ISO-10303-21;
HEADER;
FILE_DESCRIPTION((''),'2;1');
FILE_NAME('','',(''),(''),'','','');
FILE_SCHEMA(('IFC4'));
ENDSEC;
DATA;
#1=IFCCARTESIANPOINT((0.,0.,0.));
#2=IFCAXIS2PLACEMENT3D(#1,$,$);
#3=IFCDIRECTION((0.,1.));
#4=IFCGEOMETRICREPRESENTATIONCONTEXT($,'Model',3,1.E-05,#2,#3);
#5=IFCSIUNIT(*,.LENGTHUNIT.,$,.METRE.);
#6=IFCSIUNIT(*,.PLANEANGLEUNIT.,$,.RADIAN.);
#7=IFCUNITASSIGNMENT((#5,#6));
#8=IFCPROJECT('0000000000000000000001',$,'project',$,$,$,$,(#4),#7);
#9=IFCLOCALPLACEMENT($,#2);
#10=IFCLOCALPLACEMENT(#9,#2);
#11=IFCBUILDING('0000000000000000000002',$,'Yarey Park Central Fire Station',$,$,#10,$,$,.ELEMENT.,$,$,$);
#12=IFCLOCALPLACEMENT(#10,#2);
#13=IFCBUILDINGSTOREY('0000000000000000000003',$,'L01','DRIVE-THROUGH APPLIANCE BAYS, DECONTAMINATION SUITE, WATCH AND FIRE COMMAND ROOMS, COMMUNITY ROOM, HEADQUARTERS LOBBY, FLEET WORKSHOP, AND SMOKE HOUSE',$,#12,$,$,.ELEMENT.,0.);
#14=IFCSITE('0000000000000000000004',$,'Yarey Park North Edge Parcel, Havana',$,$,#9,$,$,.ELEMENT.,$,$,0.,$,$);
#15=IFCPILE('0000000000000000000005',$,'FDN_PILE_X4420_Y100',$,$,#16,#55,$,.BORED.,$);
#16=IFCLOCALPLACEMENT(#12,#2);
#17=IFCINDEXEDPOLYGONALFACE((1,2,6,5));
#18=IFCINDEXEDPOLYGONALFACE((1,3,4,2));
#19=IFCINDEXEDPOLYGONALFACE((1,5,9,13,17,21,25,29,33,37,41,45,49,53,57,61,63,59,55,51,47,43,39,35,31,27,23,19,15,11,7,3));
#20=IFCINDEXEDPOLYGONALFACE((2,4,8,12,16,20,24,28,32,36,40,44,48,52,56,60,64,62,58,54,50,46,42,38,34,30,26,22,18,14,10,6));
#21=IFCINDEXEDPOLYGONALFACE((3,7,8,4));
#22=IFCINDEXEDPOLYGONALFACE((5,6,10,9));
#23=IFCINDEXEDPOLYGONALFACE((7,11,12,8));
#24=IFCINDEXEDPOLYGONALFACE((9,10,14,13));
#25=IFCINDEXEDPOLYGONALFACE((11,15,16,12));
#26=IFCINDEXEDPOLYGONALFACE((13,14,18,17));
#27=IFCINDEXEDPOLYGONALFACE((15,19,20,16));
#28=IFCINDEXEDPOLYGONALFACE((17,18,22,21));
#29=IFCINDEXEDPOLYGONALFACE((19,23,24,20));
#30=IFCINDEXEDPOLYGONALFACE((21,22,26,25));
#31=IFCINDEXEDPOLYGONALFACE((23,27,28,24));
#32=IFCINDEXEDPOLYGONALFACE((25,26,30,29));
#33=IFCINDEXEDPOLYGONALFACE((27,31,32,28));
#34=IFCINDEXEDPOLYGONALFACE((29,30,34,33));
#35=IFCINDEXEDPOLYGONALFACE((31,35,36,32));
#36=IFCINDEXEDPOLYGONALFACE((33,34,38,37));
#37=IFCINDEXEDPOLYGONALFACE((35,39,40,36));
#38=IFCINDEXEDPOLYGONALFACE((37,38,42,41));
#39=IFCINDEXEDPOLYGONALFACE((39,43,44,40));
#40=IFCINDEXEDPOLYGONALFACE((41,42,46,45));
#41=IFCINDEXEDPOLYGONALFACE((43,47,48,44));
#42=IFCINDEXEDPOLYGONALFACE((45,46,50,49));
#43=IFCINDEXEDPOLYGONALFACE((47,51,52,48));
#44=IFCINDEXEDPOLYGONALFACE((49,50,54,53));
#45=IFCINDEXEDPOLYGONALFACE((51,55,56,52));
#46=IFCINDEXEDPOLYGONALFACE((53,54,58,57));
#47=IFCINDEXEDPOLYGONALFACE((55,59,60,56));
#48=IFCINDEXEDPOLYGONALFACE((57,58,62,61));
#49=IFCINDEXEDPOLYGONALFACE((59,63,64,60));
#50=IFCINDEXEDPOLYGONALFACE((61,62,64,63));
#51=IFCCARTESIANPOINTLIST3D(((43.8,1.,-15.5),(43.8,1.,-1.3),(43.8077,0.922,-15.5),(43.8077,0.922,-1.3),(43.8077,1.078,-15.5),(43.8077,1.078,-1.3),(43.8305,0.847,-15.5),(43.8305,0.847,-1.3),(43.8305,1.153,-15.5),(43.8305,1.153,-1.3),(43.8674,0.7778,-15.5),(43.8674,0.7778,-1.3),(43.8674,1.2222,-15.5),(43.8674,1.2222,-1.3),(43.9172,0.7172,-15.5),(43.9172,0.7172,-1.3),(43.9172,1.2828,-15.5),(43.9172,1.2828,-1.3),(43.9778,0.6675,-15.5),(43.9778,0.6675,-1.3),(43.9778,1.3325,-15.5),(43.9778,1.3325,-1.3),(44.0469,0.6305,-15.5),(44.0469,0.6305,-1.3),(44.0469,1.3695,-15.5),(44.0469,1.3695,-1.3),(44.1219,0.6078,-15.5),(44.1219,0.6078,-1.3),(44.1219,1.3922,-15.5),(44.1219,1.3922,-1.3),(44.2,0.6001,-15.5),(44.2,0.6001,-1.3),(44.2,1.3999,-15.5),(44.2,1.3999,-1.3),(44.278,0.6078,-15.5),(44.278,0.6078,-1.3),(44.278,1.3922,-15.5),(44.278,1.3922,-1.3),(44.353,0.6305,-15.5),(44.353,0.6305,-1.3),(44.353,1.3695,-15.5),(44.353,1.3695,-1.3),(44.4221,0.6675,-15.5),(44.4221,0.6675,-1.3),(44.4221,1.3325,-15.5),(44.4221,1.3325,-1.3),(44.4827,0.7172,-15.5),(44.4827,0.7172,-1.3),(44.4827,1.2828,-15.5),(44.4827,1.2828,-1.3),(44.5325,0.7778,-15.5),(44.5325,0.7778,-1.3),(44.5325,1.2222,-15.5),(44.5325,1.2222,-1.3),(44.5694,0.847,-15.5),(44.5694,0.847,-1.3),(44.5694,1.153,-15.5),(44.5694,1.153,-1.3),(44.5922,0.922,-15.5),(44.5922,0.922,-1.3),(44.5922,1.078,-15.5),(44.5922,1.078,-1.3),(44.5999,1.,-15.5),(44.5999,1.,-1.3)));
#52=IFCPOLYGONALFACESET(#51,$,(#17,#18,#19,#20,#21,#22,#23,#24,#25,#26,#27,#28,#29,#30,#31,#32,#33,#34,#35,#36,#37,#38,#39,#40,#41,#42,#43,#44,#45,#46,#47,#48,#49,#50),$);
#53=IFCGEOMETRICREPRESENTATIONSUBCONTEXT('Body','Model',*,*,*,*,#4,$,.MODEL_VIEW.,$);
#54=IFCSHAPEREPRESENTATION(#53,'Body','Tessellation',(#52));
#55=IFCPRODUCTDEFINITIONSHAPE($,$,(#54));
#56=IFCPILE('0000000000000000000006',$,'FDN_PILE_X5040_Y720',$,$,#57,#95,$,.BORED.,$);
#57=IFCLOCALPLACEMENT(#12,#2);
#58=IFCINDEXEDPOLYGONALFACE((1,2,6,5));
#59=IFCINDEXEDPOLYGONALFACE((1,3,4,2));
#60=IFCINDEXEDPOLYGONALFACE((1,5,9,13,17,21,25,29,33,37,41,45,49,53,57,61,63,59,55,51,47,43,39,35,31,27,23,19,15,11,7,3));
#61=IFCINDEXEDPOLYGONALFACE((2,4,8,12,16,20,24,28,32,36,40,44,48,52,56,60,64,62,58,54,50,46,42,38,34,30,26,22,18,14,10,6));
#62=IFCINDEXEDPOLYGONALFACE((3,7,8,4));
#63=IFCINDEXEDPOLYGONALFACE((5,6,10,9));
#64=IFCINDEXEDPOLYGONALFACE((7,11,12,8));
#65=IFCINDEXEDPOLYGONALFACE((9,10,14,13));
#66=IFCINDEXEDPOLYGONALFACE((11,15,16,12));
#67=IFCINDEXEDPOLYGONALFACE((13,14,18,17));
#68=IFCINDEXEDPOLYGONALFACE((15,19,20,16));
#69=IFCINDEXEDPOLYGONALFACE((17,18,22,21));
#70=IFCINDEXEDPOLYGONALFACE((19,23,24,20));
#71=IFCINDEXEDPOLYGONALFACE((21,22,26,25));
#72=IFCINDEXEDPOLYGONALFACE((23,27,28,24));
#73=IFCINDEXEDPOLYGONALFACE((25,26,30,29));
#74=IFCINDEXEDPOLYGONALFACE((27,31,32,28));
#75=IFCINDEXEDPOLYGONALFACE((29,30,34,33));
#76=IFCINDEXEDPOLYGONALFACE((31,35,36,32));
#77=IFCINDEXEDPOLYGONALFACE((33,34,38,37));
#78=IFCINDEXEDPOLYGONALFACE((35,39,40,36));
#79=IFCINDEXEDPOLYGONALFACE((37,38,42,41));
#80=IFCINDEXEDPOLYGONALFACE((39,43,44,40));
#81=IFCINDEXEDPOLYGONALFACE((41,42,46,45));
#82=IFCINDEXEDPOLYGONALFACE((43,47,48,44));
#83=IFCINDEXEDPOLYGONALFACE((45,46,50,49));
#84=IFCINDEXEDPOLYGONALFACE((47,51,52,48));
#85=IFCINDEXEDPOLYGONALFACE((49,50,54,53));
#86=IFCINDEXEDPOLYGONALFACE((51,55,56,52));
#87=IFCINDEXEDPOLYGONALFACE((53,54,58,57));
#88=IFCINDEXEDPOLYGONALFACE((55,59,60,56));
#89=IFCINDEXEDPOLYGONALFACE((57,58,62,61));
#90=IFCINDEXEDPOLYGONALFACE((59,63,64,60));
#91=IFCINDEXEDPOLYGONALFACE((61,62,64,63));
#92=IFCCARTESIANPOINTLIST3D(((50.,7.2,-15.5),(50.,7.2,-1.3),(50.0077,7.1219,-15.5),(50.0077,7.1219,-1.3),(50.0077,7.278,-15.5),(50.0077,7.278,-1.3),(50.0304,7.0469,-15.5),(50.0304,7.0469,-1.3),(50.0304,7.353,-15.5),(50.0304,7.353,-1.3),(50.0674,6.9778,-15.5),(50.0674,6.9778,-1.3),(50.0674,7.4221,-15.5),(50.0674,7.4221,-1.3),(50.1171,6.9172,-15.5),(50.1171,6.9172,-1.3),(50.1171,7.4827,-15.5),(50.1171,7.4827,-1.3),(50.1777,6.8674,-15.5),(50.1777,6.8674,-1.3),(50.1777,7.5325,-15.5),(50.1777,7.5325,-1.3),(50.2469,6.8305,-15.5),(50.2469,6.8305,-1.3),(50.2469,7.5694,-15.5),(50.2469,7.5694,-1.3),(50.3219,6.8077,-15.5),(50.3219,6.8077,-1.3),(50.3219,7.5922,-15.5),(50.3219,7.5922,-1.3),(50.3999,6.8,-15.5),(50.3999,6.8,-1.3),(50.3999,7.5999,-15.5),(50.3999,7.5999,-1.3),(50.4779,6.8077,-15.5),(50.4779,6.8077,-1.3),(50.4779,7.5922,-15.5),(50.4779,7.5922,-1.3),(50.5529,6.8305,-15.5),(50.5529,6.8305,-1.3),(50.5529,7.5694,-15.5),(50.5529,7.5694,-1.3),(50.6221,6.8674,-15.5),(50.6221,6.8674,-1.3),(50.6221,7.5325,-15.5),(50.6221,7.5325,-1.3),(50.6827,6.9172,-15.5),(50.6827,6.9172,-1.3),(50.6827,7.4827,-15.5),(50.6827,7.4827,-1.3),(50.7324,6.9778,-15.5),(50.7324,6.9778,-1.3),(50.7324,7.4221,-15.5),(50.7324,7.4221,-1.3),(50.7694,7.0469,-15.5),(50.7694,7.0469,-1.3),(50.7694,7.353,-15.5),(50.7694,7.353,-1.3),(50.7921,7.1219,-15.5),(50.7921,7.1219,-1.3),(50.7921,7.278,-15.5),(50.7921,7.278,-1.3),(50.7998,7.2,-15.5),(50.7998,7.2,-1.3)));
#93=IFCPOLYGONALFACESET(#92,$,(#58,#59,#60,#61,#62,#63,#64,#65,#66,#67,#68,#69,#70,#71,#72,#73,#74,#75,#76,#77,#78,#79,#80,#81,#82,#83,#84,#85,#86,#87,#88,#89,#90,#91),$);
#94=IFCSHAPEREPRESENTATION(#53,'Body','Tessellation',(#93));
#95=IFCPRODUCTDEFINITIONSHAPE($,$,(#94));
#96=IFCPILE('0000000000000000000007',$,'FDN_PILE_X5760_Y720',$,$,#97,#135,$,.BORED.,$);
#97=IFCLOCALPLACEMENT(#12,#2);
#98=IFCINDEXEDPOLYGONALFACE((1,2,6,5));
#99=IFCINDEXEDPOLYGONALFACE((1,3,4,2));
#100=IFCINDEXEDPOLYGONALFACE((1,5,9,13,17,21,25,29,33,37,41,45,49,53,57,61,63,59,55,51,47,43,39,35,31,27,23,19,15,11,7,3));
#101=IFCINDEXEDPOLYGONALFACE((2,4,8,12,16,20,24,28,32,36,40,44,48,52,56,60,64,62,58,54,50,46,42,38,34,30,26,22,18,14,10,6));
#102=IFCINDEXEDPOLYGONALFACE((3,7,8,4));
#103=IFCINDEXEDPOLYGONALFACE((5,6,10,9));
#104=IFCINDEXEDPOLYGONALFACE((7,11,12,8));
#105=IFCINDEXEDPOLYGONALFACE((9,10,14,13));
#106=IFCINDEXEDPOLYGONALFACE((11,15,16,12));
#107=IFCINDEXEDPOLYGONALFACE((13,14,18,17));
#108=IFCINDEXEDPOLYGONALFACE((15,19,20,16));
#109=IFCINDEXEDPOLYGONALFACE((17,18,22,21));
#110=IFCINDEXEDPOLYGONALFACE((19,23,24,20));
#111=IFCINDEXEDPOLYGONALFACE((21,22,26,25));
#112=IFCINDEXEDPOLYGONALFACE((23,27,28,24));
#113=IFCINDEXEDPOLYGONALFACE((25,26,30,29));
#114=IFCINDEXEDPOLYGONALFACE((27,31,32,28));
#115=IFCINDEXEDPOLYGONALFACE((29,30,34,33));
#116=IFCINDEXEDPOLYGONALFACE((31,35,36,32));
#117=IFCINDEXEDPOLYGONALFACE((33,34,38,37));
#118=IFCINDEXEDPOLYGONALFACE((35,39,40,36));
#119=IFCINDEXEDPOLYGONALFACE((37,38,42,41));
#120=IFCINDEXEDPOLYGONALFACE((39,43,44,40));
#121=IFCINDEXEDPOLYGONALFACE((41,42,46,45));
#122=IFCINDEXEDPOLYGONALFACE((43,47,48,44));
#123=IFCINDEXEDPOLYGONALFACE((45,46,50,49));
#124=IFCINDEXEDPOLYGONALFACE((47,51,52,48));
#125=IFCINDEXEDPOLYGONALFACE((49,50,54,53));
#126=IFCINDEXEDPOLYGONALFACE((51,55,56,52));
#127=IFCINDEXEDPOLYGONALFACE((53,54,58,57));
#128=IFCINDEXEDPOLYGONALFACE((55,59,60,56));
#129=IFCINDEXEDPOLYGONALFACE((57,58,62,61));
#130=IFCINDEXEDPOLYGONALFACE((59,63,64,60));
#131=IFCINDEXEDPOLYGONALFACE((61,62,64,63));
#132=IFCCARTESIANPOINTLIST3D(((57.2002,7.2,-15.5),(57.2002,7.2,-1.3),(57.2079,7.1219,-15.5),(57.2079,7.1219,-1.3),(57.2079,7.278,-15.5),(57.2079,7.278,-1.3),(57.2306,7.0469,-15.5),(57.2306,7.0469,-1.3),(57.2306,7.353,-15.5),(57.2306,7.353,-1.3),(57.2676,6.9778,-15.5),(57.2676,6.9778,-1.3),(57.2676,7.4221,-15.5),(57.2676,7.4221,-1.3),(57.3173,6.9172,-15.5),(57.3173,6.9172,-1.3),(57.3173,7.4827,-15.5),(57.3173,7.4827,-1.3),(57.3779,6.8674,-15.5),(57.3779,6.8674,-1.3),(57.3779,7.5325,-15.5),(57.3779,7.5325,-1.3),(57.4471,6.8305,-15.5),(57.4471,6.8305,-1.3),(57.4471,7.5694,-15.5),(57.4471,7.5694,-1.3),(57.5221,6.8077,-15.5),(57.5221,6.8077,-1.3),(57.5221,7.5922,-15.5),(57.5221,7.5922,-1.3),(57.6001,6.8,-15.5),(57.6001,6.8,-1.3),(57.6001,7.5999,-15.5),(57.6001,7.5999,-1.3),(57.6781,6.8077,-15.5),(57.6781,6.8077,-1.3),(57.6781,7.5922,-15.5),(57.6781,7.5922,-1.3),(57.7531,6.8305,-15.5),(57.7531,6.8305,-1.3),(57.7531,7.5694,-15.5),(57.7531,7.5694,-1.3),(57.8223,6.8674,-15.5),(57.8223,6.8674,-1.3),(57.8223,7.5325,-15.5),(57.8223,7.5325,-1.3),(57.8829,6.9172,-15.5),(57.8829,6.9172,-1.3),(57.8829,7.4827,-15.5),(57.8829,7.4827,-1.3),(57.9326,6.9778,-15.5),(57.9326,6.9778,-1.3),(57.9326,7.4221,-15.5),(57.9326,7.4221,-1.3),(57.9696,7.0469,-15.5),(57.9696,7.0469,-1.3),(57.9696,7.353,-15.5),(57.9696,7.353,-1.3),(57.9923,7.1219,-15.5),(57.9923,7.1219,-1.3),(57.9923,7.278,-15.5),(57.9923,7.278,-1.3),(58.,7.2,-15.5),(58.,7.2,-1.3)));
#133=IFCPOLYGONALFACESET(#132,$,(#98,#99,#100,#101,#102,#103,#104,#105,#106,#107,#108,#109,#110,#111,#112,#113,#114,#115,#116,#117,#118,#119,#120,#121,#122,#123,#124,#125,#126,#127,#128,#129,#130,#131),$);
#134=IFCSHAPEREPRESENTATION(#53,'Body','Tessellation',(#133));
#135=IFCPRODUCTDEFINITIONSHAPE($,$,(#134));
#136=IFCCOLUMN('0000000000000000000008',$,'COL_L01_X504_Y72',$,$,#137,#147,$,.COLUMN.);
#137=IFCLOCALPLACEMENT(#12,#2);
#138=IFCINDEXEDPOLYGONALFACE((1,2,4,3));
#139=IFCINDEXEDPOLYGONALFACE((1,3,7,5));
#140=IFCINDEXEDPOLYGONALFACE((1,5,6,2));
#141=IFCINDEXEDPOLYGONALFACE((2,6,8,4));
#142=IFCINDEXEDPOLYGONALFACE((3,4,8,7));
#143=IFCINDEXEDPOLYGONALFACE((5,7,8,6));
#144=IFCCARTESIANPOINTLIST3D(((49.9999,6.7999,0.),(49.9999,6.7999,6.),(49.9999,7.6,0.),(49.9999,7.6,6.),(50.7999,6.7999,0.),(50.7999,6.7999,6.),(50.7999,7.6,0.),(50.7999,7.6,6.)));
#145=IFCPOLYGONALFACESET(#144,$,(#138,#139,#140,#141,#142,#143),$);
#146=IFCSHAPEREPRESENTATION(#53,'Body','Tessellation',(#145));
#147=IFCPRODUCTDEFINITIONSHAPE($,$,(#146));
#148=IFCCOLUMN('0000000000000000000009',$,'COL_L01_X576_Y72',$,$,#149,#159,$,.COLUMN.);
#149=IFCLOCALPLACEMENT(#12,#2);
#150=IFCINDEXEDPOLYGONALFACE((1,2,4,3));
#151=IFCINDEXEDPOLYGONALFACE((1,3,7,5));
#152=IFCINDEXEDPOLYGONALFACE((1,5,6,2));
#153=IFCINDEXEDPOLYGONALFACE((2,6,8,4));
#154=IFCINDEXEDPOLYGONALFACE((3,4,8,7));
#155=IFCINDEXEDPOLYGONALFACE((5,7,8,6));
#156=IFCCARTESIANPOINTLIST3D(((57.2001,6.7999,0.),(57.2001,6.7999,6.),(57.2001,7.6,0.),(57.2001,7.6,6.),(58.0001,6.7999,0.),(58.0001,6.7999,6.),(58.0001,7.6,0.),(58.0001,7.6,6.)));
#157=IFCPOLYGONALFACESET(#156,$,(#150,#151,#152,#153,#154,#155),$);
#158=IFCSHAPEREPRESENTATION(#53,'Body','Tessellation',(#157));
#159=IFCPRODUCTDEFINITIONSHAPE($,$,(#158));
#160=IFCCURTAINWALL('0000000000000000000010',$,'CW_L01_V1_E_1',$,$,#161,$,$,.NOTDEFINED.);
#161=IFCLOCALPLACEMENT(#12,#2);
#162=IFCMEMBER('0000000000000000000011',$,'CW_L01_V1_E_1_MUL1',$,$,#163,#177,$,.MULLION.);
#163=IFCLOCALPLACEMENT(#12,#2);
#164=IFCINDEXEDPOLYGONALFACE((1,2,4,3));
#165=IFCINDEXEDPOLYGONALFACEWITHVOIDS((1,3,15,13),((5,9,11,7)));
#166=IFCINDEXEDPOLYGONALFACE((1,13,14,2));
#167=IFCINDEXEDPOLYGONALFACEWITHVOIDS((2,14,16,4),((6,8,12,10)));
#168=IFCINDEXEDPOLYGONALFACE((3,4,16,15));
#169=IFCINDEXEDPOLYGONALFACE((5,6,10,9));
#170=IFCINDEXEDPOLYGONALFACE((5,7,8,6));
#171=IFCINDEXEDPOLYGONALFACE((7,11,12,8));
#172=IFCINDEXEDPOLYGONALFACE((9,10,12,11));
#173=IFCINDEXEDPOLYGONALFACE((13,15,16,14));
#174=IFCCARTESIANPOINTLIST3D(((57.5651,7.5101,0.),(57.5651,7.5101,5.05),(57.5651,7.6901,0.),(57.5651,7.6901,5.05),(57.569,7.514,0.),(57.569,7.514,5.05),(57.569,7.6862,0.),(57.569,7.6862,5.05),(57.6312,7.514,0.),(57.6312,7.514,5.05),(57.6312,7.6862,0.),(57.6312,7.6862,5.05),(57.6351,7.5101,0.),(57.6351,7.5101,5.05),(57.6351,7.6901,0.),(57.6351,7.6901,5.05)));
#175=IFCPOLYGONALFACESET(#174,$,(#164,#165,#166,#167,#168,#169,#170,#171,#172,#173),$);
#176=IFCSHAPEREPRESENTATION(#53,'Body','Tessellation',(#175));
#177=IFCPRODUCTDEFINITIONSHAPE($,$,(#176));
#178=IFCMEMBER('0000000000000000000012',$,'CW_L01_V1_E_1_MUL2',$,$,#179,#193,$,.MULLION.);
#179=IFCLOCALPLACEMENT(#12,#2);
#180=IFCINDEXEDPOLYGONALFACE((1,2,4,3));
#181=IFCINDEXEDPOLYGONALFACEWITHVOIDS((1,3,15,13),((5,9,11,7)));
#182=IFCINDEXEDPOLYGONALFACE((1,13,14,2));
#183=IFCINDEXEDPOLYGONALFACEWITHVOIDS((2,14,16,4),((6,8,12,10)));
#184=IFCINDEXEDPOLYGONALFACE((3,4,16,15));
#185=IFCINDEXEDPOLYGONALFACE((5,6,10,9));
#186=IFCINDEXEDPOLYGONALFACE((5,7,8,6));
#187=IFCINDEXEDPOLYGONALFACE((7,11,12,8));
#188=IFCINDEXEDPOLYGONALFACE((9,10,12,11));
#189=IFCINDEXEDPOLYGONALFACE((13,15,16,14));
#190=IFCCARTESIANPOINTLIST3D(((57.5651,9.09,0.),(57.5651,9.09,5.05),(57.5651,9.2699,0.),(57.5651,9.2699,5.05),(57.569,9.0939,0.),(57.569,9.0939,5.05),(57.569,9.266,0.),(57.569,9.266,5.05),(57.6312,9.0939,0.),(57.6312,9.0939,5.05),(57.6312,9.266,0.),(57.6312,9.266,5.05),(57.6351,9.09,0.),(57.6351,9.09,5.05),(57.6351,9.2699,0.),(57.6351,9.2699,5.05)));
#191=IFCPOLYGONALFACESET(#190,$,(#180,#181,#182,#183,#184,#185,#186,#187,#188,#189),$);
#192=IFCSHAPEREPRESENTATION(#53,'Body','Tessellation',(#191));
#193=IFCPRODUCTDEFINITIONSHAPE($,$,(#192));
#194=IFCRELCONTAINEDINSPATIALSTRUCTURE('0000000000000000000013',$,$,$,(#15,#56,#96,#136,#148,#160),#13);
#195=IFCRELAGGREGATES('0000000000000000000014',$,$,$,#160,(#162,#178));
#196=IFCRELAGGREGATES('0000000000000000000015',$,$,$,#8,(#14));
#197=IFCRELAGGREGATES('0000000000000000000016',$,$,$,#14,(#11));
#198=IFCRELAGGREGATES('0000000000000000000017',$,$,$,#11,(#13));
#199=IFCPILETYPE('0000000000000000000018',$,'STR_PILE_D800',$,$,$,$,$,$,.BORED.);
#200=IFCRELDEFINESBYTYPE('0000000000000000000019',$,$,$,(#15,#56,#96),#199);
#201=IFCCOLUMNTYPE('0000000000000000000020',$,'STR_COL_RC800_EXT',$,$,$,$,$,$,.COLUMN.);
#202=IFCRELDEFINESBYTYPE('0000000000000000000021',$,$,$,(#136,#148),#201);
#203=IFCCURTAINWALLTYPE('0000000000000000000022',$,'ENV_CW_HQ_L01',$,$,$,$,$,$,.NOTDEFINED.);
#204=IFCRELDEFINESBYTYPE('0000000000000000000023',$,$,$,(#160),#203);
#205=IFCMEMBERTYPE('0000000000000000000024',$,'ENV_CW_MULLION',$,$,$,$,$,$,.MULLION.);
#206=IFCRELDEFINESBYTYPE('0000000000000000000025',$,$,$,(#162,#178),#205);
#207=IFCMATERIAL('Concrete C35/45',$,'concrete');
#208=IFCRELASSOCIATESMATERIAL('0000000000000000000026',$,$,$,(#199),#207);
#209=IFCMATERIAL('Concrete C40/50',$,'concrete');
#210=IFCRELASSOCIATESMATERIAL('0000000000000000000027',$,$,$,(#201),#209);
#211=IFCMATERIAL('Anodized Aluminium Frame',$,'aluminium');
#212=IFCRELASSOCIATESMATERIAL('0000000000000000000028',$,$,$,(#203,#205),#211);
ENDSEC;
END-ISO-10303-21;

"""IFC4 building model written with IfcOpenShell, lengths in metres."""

from ifc_helpers import new_model, si_unit, direction, frame, origin, origin_2d, place, context, subcontext, project, spatial, rectangle, hollow_rectangle, circle, extrude, material, material_profile, profile_set, type_object, element, aggregate, save


model = new_model("IFC4")

# Units and contexts
model_context = context("Model", 3, precision=1e-05, world=origin(), true_north=direction((0.0, 1.0)))
body_context = subcontext(model_context, "Body", "Model", "MODEL_VIEW")
ifc_project = project(units=[si_unit("LENGTHUNIT", "METRE"), si_unit("PLANEANGLEUNIT", "RADIAN")], contexts=[model_context])

# Site, building, storey
site_placement = place(None, origin())
site = spatial("IfcSite", under=ifc_project, at=site_placement, Name="Yarey Park North Edge Parcel, Havana", CompositionType="ELEMENT", RefElevation=0.0)
building_placement = place(site_placement, origin())
building = spatial("IfcBuilding", under=site, at=building_placement, Name="Yarey Park Central Fire Station", CompositionType="ELEMENT")
storey_placement = place(building_placement, origin())
storey = spatial("IfcBuildingStorey", under=building, at=storey_placement, Name="L01", Description="DRIVE-THROUGH APPLIANCE BAYS, DECONTAMINATION SUITE, WATCH AND FIRE COMMAND ROOMS, COMMUNITY ROOM, HEADQUARTERS LOBBY, FLEET WORKSHOP, AND SMOKE HOUSE", CompositionType="ELEMENT", Elevation=0.0)

# Shared definitions
ifc_material_1 = material(Name="Concrete C35/45", Category="concrete")

# Piles
ifc_material_profile_1 = material_profile(ifc_material_1, circle(Radius=0.3999, at=origin_2d()), Name="BORED PILE D800")
ifc_profile_set_1 = profile_set([ifc_material_profile_1], Name="Concrete C35/45")
pile_type = type_object("IfcPileType", Name="STR_PILE_D800", PredefinedType="BORED", material=ifc_profile_set_1)
for number, where, z_axis, x_axis, name in (
    (1, (44.2, 1.0, -1.3), (0.0, 0.0, -1.0), (1.0, 0.0, 0.0), "FDN_PILE_X4420_Y100"),
    (2, (50.3999, 7.2, -1.3), (0.0, 0.0, -1.0), (1.0, 0.0, 0.0), "FDN_PILE_X5040_Y720"),
    (3, (57.6001, 7.2, -1.3), (0.0, 0.0, -1.0), (1.0, 0.0, 0.0), "FDN_PILE_X5760_Y720"),
):
    element("IfcPile", number, at=place(storey_placement, frame(where, z_axis=z_axis, x_axis=x_axis)), inside=storey, type_object=pile_type, Name=name, PredefinedType="BORED", context=body_context, shape_type="SweptSolid", body=[
        extrude(circle(Radius=0.3999, at=origin_2d()), origin(), (0.0, 0.0, 1.0), 14.2),
    ])

# Columns
ifc_material_2 = material(Name="Concrete C40/50", Category="concrete")
ifc_material_profile_2 = material_profile(ifc_material_2, rectangle(XDim=0.8, YDim=0.8, at=origin_2d()), Name="RC 800x800")
ifc_profile_set_2 = profile_set([ifc_material_profile_2], Name="Concrete C40/50")
column_type = type_object("IfcColumnType", Name="STR_COL_RC800_EXT", PredefinedType="COLUMN", material=ifc_profile_set_2)
for number, where, z_axis, x_axis, name in (
    (4, (50.3999, 7.2, 0.0), (0.0, 0.0, 1.0), (1.0, 0.0, 0.0), "COL_L01_X504_Y72"),
    (5, (57.6001, 7.2, 0.0), (0.0, 0.0, 1.0), (1.0, 0.0, 0.0), "COL_L01_X576_Y72"),
):
    element("IfcColumn", number, at=place(storey_placement, frame(where, z_axis=z_axis, x_axis=x_axis)), inside=storey, type_object=column_type, Name=name, PredefinedType="COLUMN", context=body_context, shape_type="SweptSolid", body=[
        extrude(rectangle(XDim=0.8, YDim=0.8, at=origin_2d()), origin(), (0.0, 0.0, 1.0), 6.0),
    ])

# Curtain wall, members
ifc_material_3 = material(Name="Anodized Aluminium Frame", Category="aluminium")
curtain_wall_type = type_object("IfcCurtainWallType", Name="ENV_CW_HQ_L01", PredefinedType="NOTDEFINED", material=ifc_material_3)
curtain_wall_placement = place(storey_placement, origin())
curtain_wall = element("IfcCurtainWall", 6, at=curtain_wall_placement, inside=storey, type_object=curtain_wall_type, Name="CW_L01_V1_E_1", PredefinedType="NOTDEFINED")
ifc_material_profile_3 = material_profile(ifc_material_3, hollow_rectangle(XDim=0.0701, YDim=0.1799, WallThickness=0.0039, at=origin_2d()), Name="ALU 180x70x4")
ifc_profile_set_3 = profile_set([ifc_material_profile_3], Name="Anodized Aluminium Frame")
member_type_1 = type_object("IfcMemberType", Name="ENV_CW_MULLION", PredefinedType="MULLION", material=ifc_profile_set_3)
member_1_placement = place(storey_placement, frame((57.6001, 7.6001, 0.0), z_axis=(0.0, 0.0, 1.0), x_axis=(1.0, 0.0, 0.0)))
member_1 = element("IfcMember", 7, at=member_1_placement, type_object=member_type_1, Name="CW_L01_V1_E_1_MUL1", PredefinedType="MULLION", context=body_context, shape_type="SweptSolid", body=[
    extrude(hollow_rectangle(XDim=0.0701, YDim=0.1799, WallThickness=0.0039, at=origin_2d()), origin(), (0.0, 0.0, 1.0), 5.05),
])
member_2_placement = place(storey_placement, frame((57.6001, 9.1799, 0.0), z_axis=(0.0, 0.0, 1.0), x_axis=(1.0, 0.0, 0.0)))
member_2 = element("IfcMember", 8, at=member_2_placement, type_object=member_type_1, Name="CW_L01_V1_E_1_MUL2", PredefinedType="MULLION", context=body_context, shape_type="SweptSolid", body=[
    extrude(hollow_rectangle(XDim=0.0701, YDim=0.1799, WallThickness=0.0039, at=origin_2d()), origin(), (0.0, 0.0, 1.0), 5.05),
])

aggregate(curtain_wall, [member_1, member_2])

save(model, "model.ifc")
